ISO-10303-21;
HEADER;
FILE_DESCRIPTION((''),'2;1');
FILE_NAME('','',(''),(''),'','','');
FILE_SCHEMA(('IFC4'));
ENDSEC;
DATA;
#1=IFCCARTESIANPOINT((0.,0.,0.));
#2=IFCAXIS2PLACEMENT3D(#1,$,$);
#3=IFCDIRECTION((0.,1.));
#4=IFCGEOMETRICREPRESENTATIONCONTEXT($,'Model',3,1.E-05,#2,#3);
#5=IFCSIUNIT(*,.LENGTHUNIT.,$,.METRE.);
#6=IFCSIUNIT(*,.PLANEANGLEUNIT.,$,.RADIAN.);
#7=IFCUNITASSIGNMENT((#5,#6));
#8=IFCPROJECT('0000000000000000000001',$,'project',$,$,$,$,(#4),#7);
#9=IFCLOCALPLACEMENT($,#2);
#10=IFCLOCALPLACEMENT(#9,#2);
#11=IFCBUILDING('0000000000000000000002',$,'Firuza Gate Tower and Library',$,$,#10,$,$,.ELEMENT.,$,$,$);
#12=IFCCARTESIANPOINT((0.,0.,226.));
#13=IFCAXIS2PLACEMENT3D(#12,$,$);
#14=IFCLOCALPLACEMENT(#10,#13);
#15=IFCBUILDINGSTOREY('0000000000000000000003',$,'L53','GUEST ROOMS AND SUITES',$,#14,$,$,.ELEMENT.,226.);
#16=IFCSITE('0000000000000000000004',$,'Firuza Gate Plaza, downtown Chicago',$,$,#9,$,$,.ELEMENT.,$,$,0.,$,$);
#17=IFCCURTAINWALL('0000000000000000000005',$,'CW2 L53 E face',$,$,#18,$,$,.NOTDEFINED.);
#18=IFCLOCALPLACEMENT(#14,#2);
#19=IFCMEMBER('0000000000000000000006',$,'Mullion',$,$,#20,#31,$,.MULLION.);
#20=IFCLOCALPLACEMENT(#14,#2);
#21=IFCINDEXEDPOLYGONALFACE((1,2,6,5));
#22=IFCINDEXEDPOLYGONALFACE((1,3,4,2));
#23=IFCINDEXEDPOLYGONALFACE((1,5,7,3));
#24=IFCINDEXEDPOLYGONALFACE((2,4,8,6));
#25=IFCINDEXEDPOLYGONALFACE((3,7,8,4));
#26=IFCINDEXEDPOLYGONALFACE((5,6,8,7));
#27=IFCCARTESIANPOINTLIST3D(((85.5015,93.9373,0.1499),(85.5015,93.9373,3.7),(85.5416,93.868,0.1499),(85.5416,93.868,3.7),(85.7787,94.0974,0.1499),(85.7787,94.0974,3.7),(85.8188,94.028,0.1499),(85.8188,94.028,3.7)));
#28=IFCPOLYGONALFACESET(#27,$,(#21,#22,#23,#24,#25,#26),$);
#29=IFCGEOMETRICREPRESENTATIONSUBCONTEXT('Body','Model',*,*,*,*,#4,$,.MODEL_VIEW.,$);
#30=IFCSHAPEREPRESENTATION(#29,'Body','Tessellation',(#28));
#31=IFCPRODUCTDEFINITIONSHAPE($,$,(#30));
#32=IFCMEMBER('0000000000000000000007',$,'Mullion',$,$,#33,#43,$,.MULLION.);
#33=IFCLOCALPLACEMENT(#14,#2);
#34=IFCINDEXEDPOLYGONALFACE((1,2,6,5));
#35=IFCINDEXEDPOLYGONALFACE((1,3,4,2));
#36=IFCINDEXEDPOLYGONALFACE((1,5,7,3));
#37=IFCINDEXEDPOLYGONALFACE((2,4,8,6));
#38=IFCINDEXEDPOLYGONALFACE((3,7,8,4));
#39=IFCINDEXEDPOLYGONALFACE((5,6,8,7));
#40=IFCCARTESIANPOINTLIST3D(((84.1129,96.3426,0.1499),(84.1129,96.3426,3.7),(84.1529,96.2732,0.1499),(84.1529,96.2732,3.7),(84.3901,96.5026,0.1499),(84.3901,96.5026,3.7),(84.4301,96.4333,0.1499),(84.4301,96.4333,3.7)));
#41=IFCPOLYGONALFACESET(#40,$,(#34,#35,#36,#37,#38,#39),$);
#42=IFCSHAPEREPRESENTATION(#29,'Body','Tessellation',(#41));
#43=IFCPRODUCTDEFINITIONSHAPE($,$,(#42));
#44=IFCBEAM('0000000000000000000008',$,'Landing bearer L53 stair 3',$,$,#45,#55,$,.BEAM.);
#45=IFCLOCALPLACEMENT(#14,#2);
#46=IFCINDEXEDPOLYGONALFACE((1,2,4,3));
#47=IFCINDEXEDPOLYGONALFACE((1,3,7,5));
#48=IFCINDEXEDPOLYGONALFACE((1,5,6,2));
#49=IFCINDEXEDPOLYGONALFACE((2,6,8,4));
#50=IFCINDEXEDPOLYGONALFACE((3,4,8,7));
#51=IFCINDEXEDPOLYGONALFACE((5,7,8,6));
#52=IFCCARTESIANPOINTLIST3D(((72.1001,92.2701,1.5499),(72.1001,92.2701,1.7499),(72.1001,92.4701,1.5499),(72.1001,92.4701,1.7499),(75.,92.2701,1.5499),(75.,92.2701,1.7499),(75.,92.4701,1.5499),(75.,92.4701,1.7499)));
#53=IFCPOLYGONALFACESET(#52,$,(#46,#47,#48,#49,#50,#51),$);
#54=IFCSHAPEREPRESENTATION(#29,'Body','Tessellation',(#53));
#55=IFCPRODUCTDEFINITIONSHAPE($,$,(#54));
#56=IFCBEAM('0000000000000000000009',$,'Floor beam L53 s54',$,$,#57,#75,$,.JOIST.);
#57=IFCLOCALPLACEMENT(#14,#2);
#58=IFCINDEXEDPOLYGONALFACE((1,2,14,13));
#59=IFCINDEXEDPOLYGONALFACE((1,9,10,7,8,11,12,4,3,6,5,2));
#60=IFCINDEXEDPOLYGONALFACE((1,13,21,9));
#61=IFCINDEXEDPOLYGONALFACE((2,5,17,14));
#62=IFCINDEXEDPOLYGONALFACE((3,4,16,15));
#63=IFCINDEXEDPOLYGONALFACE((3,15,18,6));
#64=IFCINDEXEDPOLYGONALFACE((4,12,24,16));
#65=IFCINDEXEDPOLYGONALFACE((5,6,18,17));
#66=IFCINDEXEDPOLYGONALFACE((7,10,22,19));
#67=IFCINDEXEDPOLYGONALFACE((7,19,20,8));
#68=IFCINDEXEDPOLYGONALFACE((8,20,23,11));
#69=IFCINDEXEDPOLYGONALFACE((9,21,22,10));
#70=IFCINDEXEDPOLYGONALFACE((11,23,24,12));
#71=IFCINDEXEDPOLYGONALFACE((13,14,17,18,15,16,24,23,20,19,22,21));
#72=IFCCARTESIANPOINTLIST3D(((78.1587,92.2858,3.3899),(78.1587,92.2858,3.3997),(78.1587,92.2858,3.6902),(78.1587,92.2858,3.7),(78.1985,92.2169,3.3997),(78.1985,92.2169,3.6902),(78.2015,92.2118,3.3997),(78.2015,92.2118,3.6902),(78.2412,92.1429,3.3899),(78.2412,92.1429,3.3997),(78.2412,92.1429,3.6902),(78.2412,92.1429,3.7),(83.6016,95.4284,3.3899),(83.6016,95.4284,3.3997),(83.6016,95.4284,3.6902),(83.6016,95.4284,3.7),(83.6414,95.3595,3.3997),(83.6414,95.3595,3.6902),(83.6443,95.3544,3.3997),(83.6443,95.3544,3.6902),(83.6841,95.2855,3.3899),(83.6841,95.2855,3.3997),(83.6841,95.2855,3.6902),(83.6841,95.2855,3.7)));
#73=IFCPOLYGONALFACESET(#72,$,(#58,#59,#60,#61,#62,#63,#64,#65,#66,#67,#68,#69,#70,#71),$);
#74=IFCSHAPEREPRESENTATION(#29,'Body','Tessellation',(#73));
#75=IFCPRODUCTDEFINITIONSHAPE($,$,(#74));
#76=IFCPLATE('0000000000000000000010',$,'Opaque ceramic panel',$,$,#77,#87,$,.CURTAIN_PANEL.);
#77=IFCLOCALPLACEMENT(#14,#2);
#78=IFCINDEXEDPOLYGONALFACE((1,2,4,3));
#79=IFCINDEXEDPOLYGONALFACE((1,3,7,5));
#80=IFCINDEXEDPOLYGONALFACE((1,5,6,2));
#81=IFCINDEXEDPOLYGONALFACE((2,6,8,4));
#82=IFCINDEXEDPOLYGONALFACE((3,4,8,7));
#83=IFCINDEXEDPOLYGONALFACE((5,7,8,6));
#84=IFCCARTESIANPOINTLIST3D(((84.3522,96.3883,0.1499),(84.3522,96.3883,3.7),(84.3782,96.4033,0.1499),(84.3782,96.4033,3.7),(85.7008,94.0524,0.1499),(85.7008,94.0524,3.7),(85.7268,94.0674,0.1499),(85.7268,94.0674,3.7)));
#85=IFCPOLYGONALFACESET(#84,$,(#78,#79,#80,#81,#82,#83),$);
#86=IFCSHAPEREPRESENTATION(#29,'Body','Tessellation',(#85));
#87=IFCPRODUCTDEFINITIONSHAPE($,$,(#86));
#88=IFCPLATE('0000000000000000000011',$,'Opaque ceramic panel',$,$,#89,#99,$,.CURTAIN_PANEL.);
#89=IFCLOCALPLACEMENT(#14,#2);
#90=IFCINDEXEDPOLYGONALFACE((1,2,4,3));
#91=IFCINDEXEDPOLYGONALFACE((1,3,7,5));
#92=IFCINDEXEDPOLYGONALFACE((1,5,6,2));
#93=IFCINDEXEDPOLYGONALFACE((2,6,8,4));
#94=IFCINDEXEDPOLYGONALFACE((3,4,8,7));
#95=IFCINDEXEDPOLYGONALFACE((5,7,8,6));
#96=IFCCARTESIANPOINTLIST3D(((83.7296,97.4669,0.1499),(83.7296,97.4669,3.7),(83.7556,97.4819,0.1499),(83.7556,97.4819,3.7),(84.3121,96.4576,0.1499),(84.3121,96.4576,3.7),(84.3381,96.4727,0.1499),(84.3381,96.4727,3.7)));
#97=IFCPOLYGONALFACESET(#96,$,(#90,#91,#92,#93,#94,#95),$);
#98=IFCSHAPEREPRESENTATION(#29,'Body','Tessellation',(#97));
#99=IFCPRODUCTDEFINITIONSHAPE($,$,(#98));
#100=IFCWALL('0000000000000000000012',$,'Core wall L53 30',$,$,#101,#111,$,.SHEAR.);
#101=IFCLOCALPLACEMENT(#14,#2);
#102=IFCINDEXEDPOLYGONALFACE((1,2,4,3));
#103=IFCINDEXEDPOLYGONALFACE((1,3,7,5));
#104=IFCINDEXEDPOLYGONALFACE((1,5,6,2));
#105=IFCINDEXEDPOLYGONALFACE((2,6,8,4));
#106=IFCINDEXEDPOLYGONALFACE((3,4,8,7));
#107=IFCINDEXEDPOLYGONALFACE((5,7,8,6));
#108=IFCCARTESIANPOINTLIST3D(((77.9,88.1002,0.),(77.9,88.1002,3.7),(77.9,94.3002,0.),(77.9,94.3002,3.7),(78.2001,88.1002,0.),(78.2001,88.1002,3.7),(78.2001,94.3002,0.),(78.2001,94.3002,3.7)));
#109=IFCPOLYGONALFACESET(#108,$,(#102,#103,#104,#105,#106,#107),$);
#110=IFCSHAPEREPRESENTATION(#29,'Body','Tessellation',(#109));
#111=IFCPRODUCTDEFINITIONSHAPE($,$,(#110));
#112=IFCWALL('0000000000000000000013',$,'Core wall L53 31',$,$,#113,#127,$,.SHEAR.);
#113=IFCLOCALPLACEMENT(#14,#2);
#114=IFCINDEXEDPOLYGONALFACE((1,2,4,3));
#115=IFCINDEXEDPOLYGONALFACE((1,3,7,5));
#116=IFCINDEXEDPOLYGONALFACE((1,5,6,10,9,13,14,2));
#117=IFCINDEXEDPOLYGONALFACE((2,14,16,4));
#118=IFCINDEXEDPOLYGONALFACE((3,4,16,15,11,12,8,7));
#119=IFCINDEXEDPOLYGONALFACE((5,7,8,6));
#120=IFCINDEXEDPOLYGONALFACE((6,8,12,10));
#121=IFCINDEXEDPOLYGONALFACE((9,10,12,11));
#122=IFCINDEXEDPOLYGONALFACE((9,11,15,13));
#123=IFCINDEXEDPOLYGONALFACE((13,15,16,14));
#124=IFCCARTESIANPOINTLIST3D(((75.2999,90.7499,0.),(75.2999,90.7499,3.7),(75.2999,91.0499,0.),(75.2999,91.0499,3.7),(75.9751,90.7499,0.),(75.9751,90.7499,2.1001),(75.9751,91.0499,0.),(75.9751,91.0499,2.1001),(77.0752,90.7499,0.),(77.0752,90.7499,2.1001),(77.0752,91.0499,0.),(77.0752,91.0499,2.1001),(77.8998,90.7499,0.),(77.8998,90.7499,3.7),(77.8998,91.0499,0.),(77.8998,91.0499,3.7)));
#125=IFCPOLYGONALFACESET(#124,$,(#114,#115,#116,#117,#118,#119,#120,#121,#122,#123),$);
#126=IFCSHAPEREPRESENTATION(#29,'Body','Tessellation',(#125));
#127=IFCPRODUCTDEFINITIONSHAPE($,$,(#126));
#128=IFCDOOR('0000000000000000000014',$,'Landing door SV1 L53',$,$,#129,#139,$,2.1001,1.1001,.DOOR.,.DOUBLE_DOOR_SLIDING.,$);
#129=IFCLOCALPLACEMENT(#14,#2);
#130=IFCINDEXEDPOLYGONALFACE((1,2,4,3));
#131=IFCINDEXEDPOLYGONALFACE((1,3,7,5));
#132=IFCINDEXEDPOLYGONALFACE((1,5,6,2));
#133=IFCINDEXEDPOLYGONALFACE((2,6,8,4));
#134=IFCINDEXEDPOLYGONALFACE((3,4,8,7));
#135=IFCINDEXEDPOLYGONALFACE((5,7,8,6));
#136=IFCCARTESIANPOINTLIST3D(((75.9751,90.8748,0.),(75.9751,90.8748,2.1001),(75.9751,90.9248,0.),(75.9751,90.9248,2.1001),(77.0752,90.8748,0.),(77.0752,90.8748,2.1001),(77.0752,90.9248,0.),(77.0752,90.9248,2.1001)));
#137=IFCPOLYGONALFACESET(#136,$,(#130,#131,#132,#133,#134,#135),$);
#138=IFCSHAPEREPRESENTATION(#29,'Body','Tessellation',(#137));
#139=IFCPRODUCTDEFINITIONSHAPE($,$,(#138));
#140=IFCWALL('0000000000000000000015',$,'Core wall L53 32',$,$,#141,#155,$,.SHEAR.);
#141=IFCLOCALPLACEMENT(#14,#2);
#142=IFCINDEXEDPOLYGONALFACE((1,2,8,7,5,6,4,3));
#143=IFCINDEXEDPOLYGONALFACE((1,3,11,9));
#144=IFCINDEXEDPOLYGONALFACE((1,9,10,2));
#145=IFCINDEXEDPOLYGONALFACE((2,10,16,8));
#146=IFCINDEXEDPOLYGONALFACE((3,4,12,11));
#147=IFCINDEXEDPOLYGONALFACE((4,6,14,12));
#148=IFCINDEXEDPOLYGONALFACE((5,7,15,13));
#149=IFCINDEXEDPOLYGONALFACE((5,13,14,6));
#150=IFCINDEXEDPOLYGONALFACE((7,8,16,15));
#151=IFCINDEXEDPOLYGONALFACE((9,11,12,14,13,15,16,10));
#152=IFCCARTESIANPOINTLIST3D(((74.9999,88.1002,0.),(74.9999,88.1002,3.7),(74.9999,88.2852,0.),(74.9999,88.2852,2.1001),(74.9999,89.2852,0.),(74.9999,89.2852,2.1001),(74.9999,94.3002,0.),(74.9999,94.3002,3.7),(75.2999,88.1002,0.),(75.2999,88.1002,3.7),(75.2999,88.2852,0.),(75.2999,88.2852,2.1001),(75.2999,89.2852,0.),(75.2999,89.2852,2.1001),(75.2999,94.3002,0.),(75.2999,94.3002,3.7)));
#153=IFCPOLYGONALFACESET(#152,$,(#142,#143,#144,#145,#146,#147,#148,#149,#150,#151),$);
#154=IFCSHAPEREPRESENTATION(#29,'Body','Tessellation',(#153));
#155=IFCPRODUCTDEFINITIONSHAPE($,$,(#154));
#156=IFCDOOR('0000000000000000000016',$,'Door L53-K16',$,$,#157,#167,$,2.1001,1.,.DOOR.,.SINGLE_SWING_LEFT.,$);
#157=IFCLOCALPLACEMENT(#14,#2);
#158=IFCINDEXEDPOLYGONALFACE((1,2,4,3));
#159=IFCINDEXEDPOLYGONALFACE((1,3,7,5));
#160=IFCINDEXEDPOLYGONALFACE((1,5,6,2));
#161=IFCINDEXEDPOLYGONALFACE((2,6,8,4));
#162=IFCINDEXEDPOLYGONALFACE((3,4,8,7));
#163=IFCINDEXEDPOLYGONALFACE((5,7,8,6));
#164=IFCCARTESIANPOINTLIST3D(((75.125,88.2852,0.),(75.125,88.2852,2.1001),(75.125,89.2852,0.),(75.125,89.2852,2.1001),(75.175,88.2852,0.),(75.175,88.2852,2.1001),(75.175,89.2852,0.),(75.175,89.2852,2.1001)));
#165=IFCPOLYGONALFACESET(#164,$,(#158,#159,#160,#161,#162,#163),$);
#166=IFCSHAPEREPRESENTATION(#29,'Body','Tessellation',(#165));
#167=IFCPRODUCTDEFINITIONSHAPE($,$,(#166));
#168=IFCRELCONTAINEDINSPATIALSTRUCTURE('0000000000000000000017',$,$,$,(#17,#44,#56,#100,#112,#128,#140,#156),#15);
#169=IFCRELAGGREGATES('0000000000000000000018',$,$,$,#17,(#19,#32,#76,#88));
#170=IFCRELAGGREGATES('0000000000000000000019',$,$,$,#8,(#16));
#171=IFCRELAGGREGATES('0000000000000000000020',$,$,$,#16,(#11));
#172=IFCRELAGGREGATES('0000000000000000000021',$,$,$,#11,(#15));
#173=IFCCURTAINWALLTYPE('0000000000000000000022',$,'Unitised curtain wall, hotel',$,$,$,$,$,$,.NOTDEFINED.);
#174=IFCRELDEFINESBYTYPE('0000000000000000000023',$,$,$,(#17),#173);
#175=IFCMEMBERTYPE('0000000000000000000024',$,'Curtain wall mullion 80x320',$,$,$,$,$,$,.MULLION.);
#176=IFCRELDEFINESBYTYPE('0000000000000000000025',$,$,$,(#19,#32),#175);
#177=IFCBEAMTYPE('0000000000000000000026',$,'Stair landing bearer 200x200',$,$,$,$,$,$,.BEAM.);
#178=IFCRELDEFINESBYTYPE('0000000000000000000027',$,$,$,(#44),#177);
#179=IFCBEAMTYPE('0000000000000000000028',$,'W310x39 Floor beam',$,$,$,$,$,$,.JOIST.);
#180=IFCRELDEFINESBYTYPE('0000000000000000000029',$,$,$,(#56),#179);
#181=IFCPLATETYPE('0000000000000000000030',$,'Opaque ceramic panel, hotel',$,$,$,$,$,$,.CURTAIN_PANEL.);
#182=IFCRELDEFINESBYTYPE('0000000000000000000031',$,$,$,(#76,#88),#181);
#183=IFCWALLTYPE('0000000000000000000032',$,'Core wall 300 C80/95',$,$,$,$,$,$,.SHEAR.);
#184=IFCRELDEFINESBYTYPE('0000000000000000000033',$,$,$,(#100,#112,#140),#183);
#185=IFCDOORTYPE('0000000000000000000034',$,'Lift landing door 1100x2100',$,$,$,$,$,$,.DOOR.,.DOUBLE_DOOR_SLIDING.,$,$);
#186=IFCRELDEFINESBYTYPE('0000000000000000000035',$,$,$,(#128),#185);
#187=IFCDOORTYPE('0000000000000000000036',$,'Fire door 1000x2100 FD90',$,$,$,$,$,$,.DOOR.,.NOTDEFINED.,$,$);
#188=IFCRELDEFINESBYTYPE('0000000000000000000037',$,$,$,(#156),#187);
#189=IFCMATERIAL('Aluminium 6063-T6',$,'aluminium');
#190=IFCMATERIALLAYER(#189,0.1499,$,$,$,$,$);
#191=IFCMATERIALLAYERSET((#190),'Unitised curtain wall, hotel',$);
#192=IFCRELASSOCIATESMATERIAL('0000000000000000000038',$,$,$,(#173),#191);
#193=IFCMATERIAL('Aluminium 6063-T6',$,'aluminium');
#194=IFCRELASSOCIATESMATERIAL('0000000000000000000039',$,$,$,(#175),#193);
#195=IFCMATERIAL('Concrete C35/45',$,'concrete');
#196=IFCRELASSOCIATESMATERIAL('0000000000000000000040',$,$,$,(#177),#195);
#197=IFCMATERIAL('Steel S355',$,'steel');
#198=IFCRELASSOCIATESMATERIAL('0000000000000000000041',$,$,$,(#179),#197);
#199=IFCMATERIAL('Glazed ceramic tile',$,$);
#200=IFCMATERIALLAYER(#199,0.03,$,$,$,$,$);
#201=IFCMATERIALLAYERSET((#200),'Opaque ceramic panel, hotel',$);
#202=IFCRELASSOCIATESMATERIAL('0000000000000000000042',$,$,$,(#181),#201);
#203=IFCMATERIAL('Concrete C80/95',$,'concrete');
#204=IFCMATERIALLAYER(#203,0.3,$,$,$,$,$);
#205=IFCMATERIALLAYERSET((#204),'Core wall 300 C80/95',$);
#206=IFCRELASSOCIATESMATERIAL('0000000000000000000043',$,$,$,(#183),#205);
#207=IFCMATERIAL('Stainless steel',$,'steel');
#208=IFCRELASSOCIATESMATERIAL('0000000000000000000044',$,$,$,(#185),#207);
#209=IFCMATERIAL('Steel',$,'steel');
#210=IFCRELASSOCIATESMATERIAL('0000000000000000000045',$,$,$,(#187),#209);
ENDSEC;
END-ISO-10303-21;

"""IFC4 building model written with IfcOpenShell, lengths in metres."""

from ifc_helpers import new_model, si_unit, direction, frame, frame_2d, origin, origin_2d, place, context, subcontext, project, spatial, polyline, rectangle, i_section, outline, extrude, material, layer, layer_set, material_profile, profile_set, type_object, element, fill, aggregate, save


model = new_model("IFC4")

# Units and contexts
model_context = context("Model", 3, precision=1e-05, world=origin(), true_north=direction((0.0, 1.0)))
body_context = subcontext(model_context, "Body", "Model", "MODEL_VIEW")
ifc_project = project(units=[si_unit("LENGTHUNIT", "METRE"), si_unit("PLANEANGLEUNIT", "RADIAN")], contexts=[model_context])

# Site, building, storey
site_placement = place(None, origin())
site = spatial("IfcSite", under=ifc_project, at=site_placement, Name="Firuza Gate Plaza, downtown Chicago", CompositionType="ELEMENT", RefElevation=0.0)
building_placement = place(site_placement, origin())
building = spatial("IfcBuilding", under=site, at=building_placement, Name="Firuza Gate Tower and Library", CompositionType="ELEMENT")
storey_placement = place(building_placement, frame((0.0, 0.0, 226.0)))
storey = spatial("IfcBuildingStorey", under=building, at=storey_placement, Name="L53", Description="GUEST ROOMS AND SUITES", CompositionType="ELEMENT", Elevation=226.0)

# Curtain wall, members
ifc_material_1 = material(Name="Aluminium 6063-T6", Category="aluminium")
ifc_layer_1 = layer(ifc_material_1, 0.1499)
ifc_layer_set_1 = layer_set([ifc_layer_1], Name="Unitised curtain wall, hotel")
curtain_wall_type = type_object("IfcCurtainWallType", Name="Unitised curtain wall, hotel", PredefinedType="NOTDEFINED", material=ifc_layer_set_1)
curtain_wall_placement = place(storey_placement, origin())
curtain_wall = element("IfcCurtainWall", 1, at=curtain_wall_placement, inside=storey, type_object=curtain_wall_type, Name="CW2 L53 E face", PredefinedType="NOTDEFINED")
ifc_material_2 = material(Name="Aluminium 6063-T6", Category="aluminium")
ifc_material_profile_1 = material_profile(ifc_material_2, rectangle(XDim=0.3201, YDim=0.0801, at=origin_2d()))
ifc_profile_set_1 = profile_set([ifc_material_profile_1], Name="Aluminium 6063-T6")
member_type = type_object("IfcMemberType", Name="Curtain wall mullion 80x320", PredefinedType="MULLION", material=ifc_profile_set_1)
member_1_placement = place(storey_placement, frame((85.6602, 93.9827, 0.1499), z_axis=(0.0, 0.0, 1.0), x_axis=(-0.866025, -0.5, 0.0)))
member_1 = element("IfcMember", 2, at=member_1_placement, type_object=member_type, Name="Mullion", PredefinedType="MULLION", context=body_context, shape_type="SweptSolid", body=[
    extrude(rectangle(XDim=0.3201, YDim=0.0801, at=origin_2d()), origin(), (0.0, 0.0, 1.0), 3.55),
])
member_2_placement = place(storey_placement, frame((84.2715, 96.3879, 0.1499), z_axis=(0.0, 0.0, 1.0), x_axis=(-0.866025, -0.5, 0.0)))
member_2 = element("IfcMember", 3, at=member_2_placement, type_object=member_type, Name="Mullion", PredefinedType="MULLION", context=body_context, shape_type="SweptSolid", body=[
    extrude(rectangle(XDim=0.3201, YDim=0.0801, at=origin_2d()), origin(), (0.0, 0.0, 1.0), 3.55),
])

# Beams
ifc_material_3 = material(Name="Concrete C35/45", Category="concrete")
ifc_material_profile_2 = material_profile(ifc_material_3, rectangle(XDim=0.2, YDim=0.2, at=origin_2d()))
ifc_profile_set_2 = profile_set([ifc_material_profile_2], Name="Concrete C35/45")
beam_type_1 = type_object("IfcBeamType", Name="Stair landing bearer 200x200", PredefinedType="BEAM", material=ifc_profile_set_2)
beam_1_placement = place(storey_placement, frame((75.0, 92.3701, 1.6499), z_axis=(-1.0, 0.0, 0.0), x_axis=(0.0, -1.0, 0.0)))
element("IfcBeam", 4, at=beam_1_placement, inside=storey, type_object=beam_type_1, Name="Landing bearer L53 stair 3", PredefinedType="BEAM", context=body_context, shape_type="SweptSolid", body=[
    extrude(rectangle(XDim=0.2, YDim=0.2, at=origin_2d()), origin(), (0.0, 0.0, 1.0), 2.8999),
])
ifc_material_4 = material(Name="Steel S355", Category="steel")
ifc_material_profile_3 = material_profile(ifc_material_4, i_section(OverallWidth=0.165, OverallDepth=0.3101, WebThickness=0.0059, FlangeThickness=0.0098, at=origin_2d()))
ifc_profile_set_3 = profile_set([ifc_material_profile_3], Name="Steel S355")
beam_type_2 = type_object("IfcBeamType", Name="W310x39 Floor beam", PredefinedType="JOIST", material=ifc_profile_set_3)
beam_2_placement = place(storey_placement, frame((83.6428, 95.3569, 3.5449), z_axis=(-0.866016, -0.500016, 0.0), x_axis=(0.500016, -0.866016, 0.0)))
element("IfcBeam", 5, at=beam_2_placement, inside=storey, type_object=beam_type_2, Name="Floor beam L53 s54", PredefinedType="JOIST", context=body_context, shape_type="SweptSolid", body=[
    extrude(i_section(OverallWidth=0.165, OverallDepth=0.3101, WebThickness=0.0059, FlangeThickness=0.0098, at=origin_2d()), origin(), (0.0, 0.0, 1.0), 6.2849),
])

# Plates
ifc_material_5 = material(Name="Glazed ceramic tile")
ifc_layer_2 = layer(ifc_material_5, 0.03)
ifc_layer_set_2 = layer_set([ifc_layer_2], Name="Opaque ceramic panel, hotel")
plate_type = type_object("IfcPlateType", Name="Opaque ceramic panel, hotel", PredefinedType="CURTAIN_PANEL", material=ifc_layer_set_2)
plate_1_placement = place(storey_placement, frame((85.7268, 94.0674, 0.1499), z_axis=(0.866029, 0.499994, 0.0), x_axis=(-0.499994, 0.866029, 0.0)))
plate_1 = element("IfcPlate", 6, at=plate_1_placement, type_object=plate_type, Name="Opaque ceramic panel", PredefinedType="CURTAIN_PANEL", context=body_context, shape_type="SweptSolid", body=[
    extrude(outline(polyline([(0.0, 0.0), (2.6973, 0.0), (2.6973, 3.55), (0.0, 3.55), (0.0, 0.0)])), origin(), (0.0, 0.0, -1.0), 0.03),
])
plate_2_placement = place(storey_placement, frame((84.3381, 96.4727, 0.1499), z_axis=(0.866095, 0.49988, 0.0), x_axis=(-0.49988, 0.866095, 0.0)))
plate_2 = element("IfcPlate", 7, at=plate_2_placement, type_object=plate_type, Name="Opaque ceramic panel", PredefinedType="CURTAIN_PANEL", context=body_context, shape_type="SweptSolid", body=[
    extrude(outline(polyline([(0.0, 0.0), (1.1653, 0.0), (1.1653, 3.55), (0.0, 3.55), (0.0, 0.0)])), origin(), (0.0, 0.0, -1.0), 0.03),
])
aggregate(curtain_wall, [member_1, member_2, plate_1, plate_2])

# Wall
ifc_material_6 = material(Name="Concrete C80/95", Category="concrete")
ifc_layer_3 = layer(ifc_material_6, 0.3)
ifc_layer_set_3 = layer_set([ifc_layer_3], Name="Core wall 300 C80/95")
wall_type_1 = type_object("IfcWallType", Name="Core wall 300 C80/95", PredefinedType="SHEAR", material=ifc_layer_set_3)
wall_1_placement = place(storey_placement, frame((78.05, 88.1001, 0.0), z_axis=(0.0, 0.0, 1.0), x_axis=(0.0, 1.0, 0.0)))
element("IfcWall", 8, at=wall_1_placement, inside=storey, type_object=wall_type_1, Name="Core wall L53 30", PredefinedType="SHEAR", context=body_context, shape_type="SweptSolid", body=[
    extrude(rectangle(XDim=6.2, YDim=0.3, at=frame_2d((3.1001, 0.0))), origin(), (0.0, 0.0, 1.0), 3.7),
])

# Walls, openings, doors
wall_2_placement = place(storey_placement, frame((75.3, 90.8999, 0.0), z_axis=(0.0, 0.0, 1.0), x_axis=(1.0, 0.0, 0.0)))
wall_2 = element("IfcWall", 9, at=wall_2_placement, inside=storey, type_object=wall_type_1, Name="Core wall L53 31", PredefinedType="SHEAR", context=body_context, shape_type="SweptSolid", body=[
    extrude(rectangle(XDim=2.5999, YDim=0.3, at=frame_2d((1.2998, 0.0))), origin(), (0.0, 0.0, 1.0), 3.7),
])
opening_1_placement = place(wall_2_placement, frame((0.675, 0.0, 0.0)))
opening_1 = element("IfcOpeningElement", 10, at=opening_1_placement, cuts=wall_2, PredefinedType="OPENING", context=body_context, shape_type="SweptSolid", body=[
    extrude(rectangle(XDim=1.1001, YDim=2.1001, at=frame_2d((0.55, 1.05))), frame((0.0, 0.1602, 0.0), z_axis=(0.0, -1.0, 0.0), x_axis=(1.0, 0.0, 0.0)), (0.0, 0.0, 1.0), 0.3201),
])
ifc_material_7 = material(Name="Stainless steel", Category="steel")
door_type_1 = type_object("IfcDoorType", Name="Lift landing door 1100x2100", OperationType="DOUBLE_DOOR_SLIDING", PredefinedType="DOOR", material=ifc_material_7)
door_1_placement = place(opening_1_placement, origin())
door_1 = element("IfcDoor", 11, at=door_1_placement, inside=storey, type_object=door_type_1, Name="Landing door SV1 L53", OperationType="DOUBLE_DOOR_SLIDING", OverallHeight=2.1001, OverallWidth=1.1001, PredefinedType="DOOR", context=body_context, shape_type="SweptSolid", body=[
    extrude(rectangle(XDim=1.1001, YDim=2.1001, at=frame_2d((0.55, 1.05))), frame((0.0, 0.0249, 0.0), z_axis=(0.0, -1.0, 0.0), x_axis=(1.0, 0.0, 0.0)), (0.0, 0.0, 1.0), 0.05),
])
fill(opening_1, door_1)
wall_3_placement = place(storey_placement, frame((75.1499, 88.1001, 0.0), z_axis=(0.0, 0.0, 1.0), x_axis=(0.0, 1.0, 0.0)))
wall_3 = element("IfcWall", 12, at=wall_3_placement, inside=storey, type_object=wall_type_1, Name="Core wall L53 32", PredefinedType="SHEAR", context=body_context, shape_type="SweptSolid", body=[
    extrude(rectangle(XDim=6.2, YDim=0.3, at=frame_2d((3.1001, 0.0))), origin(), (0.0, 0.0, 1.0), 3.7),
])
opening_2_placement = place(wall_3_placement, frame((0.1851, 0.0, 0.0)))
opening_2 = element("IfcOpeningElement", 13, at=opening_2_placement, cuts=wall_3, PredefinedType="OPENING", context=body_context, shape_type="SweptSolid", body=[
    extrude(rectangle(XDim=1.0, YDim=2.1001, at=frame_2d((0.5, 1.05))), frame((0.0, 0.1602, 0.0), z_axis=(0.0, -1.0, 0.0), x_axis=(1.0, 0.0, 0.0)), (0.0, 0.0, 1.0), 0.3201),
])
ifc_material_8 = material(Name="Steel", Category="steel")
door_type_2 = type_object("IfcDoorType", Name="Fire door 1000x2100 FD90", OperationType="NOTDEFINED", PredefinedType="DOOR", material=ifc_material_8)
door_2_placement = place(opening_2_placement, origin())
door_2 = element("IfcDoor", 14, at=door_2_placement, inside=storey, type_object=door_type_2, Name="Door L53-K16", OperationType="SINGLE_SWING_LEFT", OverallHeight=2.1001, OverallWidth=1.0, PredefinedType="DOOR", context=body_context, shape_type="SweptSolid", body=[
    extrude(rectangle(XDim=1.0, YDim=2.1001, at=frame_2d((0.5, 1.05))), frame((0.0, 0.0249, 0.0), z_axis=(0.0, -1.0, 0.0), x_axis=(1.0, 0.0, 0.0)), (0.0, 0.0, 1.0), 0.05),
])
fill(opening_2, door_2)

save(model, "model.ifc")
